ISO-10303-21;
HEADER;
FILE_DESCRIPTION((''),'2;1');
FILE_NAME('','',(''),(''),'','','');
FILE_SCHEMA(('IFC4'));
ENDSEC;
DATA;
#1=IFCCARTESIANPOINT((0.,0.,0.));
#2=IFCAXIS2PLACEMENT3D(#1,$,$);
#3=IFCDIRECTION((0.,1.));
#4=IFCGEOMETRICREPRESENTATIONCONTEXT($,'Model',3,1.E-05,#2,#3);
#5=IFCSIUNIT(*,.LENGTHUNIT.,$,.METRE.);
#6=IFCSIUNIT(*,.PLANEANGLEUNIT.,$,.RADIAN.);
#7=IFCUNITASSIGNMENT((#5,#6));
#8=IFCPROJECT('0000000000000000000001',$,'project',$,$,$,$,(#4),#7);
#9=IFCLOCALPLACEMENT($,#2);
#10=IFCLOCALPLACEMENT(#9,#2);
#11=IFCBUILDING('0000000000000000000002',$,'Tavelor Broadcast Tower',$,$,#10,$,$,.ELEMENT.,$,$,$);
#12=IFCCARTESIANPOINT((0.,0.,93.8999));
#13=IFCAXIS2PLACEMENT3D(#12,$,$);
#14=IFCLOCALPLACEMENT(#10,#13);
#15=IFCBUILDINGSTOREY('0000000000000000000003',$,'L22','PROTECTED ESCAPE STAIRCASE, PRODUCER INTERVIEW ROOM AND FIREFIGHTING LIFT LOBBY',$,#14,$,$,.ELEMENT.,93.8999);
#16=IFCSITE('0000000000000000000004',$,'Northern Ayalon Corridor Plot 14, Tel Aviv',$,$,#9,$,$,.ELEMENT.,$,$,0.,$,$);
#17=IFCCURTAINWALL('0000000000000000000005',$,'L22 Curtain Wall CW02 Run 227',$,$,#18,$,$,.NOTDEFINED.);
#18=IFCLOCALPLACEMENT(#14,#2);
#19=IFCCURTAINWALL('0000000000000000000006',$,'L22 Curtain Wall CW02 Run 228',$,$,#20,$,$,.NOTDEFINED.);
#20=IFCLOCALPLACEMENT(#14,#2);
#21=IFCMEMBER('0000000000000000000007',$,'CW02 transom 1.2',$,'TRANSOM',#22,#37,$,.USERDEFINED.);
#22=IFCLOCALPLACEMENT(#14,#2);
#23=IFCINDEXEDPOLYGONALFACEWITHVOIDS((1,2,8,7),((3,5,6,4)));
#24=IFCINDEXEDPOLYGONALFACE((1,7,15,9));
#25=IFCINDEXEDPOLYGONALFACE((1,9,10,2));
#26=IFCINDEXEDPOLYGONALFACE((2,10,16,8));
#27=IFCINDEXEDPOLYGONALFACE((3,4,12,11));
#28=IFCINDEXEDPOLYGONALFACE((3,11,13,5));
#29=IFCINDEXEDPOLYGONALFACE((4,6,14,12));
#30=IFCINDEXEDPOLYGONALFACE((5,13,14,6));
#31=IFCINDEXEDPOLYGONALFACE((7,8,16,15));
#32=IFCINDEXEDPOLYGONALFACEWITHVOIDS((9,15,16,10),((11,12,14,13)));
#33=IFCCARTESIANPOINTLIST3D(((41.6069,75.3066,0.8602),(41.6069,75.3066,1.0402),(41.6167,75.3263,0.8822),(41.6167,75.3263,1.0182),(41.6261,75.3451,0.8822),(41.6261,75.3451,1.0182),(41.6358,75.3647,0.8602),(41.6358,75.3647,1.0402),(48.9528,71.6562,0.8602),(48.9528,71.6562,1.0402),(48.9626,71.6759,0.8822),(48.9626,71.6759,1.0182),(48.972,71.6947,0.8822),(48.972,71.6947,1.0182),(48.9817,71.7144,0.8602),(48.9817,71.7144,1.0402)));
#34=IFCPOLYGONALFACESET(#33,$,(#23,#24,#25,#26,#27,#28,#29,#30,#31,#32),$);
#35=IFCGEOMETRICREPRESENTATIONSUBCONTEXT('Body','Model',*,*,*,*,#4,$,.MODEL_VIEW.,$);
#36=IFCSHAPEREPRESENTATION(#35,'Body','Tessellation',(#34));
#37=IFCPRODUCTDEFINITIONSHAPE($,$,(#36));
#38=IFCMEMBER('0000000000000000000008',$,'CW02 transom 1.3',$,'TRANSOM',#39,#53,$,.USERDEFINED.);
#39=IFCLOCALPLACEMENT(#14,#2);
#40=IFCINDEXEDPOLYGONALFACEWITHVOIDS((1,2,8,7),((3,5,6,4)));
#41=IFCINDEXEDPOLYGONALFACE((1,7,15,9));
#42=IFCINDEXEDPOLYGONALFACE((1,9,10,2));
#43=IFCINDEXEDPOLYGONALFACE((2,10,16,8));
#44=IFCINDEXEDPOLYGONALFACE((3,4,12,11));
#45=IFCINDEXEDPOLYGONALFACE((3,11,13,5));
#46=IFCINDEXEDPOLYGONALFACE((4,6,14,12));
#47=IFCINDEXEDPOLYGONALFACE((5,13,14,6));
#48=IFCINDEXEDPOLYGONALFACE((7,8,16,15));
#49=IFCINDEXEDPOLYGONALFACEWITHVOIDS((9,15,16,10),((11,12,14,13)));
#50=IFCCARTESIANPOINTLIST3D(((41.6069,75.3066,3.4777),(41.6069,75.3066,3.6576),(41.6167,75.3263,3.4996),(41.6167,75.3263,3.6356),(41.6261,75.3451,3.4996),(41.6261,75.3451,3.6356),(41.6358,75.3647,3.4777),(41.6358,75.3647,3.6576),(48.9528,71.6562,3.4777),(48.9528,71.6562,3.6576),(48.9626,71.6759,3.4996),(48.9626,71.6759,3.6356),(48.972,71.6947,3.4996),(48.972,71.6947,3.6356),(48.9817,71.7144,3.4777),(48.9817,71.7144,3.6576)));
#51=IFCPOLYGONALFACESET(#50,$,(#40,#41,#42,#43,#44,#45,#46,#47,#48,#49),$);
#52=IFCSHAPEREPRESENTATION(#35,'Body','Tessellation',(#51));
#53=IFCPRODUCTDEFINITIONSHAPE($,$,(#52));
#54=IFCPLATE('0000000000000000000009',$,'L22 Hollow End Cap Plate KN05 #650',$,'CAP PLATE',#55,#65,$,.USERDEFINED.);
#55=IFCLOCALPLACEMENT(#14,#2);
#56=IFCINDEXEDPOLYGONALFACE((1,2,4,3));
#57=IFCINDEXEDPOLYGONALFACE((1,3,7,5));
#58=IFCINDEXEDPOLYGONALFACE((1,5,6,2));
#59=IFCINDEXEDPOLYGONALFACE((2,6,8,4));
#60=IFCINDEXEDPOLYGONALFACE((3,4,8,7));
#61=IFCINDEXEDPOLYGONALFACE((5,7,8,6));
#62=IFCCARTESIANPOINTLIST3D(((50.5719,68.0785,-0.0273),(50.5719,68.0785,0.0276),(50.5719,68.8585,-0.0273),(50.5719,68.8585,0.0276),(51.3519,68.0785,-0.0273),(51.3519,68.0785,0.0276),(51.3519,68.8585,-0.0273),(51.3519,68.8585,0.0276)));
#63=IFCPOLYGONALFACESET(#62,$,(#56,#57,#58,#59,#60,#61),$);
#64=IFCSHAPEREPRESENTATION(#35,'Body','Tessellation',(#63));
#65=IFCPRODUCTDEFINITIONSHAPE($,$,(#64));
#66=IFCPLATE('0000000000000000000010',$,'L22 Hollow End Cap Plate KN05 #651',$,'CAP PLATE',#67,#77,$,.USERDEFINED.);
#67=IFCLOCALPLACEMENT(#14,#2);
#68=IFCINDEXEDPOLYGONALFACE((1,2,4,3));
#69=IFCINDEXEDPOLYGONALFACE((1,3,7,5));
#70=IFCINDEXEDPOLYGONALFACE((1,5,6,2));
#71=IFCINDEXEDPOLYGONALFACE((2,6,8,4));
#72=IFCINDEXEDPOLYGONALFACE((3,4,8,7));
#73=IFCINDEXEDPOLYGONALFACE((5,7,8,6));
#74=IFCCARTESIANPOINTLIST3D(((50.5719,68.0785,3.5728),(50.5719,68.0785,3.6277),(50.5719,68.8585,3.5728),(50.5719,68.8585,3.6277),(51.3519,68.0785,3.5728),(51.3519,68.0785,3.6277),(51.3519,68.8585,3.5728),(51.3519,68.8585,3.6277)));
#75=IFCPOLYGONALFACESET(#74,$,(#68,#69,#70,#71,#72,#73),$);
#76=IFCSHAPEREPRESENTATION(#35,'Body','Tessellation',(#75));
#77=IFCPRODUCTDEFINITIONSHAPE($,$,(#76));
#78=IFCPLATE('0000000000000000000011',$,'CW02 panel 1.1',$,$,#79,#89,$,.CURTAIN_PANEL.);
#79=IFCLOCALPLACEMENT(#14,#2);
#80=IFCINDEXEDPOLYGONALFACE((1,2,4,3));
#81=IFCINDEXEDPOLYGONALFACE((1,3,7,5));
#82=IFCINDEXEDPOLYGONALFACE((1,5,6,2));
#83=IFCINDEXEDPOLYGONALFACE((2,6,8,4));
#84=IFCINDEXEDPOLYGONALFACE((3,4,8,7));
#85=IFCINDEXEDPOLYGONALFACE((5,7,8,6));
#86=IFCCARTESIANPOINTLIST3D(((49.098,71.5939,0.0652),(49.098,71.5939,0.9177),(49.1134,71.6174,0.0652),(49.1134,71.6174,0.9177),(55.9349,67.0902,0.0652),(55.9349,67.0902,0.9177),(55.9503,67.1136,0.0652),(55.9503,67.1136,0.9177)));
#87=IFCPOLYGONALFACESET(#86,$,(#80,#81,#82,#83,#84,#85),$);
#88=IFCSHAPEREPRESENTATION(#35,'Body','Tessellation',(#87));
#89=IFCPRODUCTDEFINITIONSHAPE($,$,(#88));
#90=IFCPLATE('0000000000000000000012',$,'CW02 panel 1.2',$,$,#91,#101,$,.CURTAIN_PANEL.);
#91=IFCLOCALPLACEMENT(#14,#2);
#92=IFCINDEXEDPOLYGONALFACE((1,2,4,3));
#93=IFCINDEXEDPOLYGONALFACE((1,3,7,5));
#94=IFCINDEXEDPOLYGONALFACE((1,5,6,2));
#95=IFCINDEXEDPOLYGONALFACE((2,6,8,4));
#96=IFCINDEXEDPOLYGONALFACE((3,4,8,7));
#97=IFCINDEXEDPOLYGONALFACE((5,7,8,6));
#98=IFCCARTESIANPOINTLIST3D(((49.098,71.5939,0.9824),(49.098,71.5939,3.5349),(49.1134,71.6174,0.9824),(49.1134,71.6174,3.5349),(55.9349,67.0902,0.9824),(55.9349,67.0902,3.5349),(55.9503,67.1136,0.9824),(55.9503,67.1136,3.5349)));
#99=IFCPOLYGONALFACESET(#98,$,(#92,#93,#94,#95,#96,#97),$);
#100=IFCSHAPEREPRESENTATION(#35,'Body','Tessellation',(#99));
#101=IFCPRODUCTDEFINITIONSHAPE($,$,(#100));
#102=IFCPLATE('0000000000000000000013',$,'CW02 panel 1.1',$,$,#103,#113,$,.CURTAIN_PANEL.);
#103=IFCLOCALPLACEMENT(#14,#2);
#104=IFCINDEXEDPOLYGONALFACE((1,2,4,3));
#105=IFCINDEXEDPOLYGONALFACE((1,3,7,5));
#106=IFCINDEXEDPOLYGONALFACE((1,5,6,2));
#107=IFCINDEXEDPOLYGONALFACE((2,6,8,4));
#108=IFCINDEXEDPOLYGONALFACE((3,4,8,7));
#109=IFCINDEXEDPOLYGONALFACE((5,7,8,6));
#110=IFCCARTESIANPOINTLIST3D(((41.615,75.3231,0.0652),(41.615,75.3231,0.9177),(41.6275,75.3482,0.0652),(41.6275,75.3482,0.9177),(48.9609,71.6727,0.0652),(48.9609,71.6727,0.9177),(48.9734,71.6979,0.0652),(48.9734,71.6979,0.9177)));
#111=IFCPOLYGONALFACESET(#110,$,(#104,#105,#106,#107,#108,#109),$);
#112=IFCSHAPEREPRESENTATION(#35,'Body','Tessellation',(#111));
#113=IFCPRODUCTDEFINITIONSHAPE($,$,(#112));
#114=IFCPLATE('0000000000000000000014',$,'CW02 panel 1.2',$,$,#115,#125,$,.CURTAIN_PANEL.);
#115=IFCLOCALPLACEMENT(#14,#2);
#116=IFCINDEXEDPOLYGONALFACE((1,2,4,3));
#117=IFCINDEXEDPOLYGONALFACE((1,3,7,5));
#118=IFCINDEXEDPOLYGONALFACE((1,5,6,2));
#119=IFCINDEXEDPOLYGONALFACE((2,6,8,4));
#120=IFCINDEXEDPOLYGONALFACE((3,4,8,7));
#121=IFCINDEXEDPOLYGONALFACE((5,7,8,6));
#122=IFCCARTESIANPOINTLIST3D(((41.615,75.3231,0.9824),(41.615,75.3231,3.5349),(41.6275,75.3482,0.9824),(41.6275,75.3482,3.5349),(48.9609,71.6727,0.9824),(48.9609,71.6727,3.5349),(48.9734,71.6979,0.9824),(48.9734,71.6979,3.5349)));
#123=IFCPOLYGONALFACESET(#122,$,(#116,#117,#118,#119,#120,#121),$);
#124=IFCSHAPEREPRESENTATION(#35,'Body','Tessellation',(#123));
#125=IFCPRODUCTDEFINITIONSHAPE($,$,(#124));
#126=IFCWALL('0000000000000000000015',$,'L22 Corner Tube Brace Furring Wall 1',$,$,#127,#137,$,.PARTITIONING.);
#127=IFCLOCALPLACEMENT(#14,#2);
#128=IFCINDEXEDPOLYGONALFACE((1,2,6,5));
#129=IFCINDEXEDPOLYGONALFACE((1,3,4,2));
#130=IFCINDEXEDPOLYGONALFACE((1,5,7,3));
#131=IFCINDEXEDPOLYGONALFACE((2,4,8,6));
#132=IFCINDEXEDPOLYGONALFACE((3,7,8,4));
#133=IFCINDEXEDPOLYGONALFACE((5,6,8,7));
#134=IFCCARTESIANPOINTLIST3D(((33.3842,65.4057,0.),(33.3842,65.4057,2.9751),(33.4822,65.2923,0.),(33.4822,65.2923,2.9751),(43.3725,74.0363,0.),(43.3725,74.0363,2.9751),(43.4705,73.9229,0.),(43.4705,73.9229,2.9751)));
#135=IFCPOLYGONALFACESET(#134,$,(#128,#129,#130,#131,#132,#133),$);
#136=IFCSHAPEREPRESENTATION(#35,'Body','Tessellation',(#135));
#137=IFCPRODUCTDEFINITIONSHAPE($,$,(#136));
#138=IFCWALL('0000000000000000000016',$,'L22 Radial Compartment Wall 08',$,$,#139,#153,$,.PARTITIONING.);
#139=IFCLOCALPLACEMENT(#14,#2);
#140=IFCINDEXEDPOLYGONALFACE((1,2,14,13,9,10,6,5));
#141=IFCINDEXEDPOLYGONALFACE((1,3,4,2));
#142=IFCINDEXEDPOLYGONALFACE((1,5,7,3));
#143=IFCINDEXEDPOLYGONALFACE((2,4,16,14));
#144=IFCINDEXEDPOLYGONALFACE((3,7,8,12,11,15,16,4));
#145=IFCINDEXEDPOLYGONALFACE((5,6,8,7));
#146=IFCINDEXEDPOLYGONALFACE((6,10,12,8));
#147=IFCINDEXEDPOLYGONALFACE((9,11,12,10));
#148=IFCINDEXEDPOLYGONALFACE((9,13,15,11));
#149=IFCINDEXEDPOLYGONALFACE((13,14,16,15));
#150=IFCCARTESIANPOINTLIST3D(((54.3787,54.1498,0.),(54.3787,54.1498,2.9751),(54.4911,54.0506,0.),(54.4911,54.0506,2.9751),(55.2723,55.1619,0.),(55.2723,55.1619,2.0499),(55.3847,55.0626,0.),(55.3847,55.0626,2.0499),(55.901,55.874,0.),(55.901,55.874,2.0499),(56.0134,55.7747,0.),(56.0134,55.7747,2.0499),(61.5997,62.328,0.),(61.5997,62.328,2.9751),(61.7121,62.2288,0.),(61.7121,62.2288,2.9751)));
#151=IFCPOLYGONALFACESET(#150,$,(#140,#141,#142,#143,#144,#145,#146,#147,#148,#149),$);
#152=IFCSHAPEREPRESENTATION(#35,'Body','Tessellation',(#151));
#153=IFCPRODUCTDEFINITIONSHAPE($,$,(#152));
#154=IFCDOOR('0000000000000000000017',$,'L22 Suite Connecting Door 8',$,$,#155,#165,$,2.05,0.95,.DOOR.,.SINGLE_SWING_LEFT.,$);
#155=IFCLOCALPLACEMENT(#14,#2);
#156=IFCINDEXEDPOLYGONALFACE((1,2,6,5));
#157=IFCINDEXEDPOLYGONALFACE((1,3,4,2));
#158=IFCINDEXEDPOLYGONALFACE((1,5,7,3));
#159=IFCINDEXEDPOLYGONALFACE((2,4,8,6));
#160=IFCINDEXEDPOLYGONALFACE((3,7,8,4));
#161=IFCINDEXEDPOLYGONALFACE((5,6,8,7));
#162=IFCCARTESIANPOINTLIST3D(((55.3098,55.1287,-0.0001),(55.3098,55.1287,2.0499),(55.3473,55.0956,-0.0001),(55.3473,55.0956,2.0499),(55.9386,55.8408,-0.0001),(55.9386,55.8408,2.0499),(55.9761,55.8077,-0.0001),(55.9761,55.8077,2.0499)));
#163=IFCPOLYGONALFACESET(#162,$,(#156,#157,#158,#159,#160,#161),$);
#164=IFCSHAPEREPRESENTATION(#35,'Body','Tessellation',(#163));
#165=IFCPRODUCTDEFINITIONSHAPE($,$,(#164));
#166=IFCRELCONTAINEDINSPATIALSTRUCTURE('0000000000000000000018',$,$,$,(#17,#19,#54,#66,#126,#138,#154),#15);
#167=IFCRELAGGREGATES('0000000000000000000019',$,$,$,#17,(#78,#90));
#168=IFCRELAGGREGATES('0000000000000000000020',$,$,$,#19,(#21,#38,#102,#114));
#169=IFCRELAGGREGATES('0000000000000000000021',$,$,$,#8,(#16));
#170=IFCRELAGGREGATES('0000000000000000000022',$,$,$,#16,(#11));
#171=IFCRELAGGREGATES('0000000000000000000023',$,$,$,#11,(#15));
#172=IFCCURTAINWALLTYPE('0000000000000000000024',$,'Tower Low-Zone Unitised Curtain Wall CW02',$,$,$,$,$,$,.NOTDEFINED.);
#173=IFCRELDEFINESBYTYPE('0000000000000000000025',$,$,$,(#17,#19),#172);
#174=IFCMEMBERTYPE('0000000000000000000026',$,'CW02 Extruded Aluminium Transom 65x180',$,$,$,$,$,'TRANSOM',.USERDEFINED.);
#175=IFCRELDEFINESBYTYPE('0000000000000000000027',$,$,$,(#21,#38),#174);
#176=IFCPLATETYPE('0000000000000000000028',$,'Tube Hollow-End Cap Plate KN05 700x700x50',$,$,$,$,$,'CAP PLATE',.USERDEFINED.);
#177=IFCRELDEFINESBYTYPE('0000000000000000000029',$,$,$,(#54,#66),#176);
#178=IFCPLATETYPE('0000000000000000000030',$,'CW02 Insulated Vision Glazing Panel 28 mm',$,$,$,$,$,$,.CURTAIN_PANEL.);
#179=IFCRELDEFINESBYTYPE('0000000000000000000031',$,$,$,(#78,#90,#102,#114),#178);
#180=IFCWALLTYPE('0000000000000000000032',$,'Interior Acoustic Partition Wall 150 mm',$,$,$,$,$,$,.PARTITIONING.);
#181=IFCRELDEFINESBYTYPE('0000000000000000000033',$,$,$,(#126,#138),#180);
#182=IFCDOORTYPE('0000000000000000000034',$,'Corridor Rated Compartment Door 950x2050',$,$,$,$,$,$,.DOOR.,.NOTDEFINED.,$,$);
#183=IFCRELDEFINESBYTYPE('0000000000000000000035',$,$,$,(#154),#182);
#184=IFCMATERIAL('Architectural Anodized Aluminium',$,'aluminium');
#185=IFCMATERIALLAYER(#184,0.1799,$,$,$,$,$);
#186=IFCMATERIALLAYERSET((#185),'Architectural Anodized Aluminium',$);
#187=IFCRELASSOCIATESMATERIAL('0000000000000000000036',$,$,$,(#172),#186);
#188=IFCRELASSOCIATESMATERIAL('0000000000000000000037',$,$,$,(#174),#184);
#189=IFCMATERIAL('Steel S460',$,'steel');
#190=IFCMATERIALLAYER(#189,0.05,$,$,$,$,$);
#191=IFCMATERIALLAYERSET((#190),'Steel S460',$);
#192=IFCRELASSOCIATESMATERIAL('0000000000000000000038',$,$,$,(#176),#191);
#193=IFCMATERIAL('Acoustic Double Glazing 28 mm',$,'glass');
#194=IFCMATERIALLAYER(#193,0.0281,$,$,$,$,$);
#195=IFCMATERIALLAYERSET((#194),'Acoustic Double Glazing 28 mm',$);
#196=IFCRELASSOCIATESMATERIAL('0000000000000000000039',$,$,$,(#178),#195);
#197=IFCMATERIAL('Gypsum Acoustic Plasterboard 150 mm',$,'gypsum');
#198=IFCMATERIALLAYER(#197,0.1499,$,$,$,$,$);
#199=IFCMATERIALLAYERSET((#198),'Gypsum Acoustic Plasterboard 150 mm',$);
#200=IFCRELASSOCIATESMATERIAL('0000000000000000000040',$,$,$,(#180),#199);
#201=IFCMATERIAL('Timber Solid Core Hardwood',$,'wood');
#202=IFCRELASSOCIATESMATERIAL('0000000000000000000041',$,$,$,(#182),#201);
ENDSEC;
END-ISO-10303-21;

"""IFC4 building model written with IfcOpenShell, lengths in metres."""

from ifc_helpers import new_model, si_unit, direction, frame, frame_2d, origin, origin_2d, place, context, subcontext, project, spatial, rectangle, hollow_rectangle, extrude, source, transform, mapped, material, layer, layer_set, material_profile, profile_set, type_object, type_shapes, element, fill, aggregate, save


model = new_model("IFC4")

# Units and contexts
model_context = context("Model", 3, precision=1e-05, world=origin(), true_north=direction((0.0, 1.0)))
body_context = subcontext(model_context, "Body", "Model", "MODEL_VIEW")
ifc_project = project(units=[si_unit("LENGTHUNIT", "METRE"), si_unit("PLANEANGLEUNIT", "RADIAN")], contexts=[model_context])

# Site, building, storey
site_placement = place(None, origin())
site = spatial("IfcSite", under=ifc_project, at=site_placement, Name="Northern Ayalon Corridor Plot 14, Tel Aviv", CompositionType="ELEMENT", RefElevation=0.0)
building_placement = place(site_placement, origin())
building = spatial("IfcBuilding", under=site, at=building_placement, Name="Tavelor Broadcast Tower", CompositionType="ELEMENT")
storey_placement = place(building_placement, frame((0.0, 0.0, 93.8999)))
storey = spatial("IfcBuildingStorey", under=building, at=storey_placement, Name="L22", Description="PROTECTED ESCAPE STAIRCASE, PRODUCER INTERVIEW ROOM AND FIREFIGHTING LIFT LOBBY", CompositionType="ELEMENT", Elevation=93.8999)

# Shared definitions
ifc_material_1 = material(Name="Steel S460", Category="steel")

# Curtain walls
ifc_material_2 = material(Name="Architectural Anodized Aluminium", Category="aluminium")
ifc_layer_1 = layer(ifc_material_2, 0.1799)
ifc_layer_set_1 = layer_set([ifc_layer_1], Name="Architectural Anodized Aluminium")
curtain_wall_type = type_object("IfcCurtainWallType", Name="Tower Low-Zone Unitised Curtain Wall CW02", PredefinedType="NOTDEFINED", material=ifc_layer_set_1)
curtain_wall_1_placement = place(storey_placement, origin())
curtain_wall_1 = element("IfcCurtainWall", 1, at=curtain_wall_1_placement, inside=storey, type_object=curtain_wall_type, Name="L22 Curtain Wall CW02 Run 227", PredefinedType="NOTDEFINED")
curtain_wall_2_placement = place(storey_placement, origin())
curtain_wall_2 = element("IfcCurtainWall", 2, at=curtain_wall_2_placement, inside=storey, type_object=curtain_wall_type, Name="L22 Curtain Wall CW02 Run 228", PredefinedType="NOTDEFINED")

# Members
ifc_material_profile_1 = material_profile(ifc_material_2, hollow_rectangle(XDim=0.0649, YDim=0.1799, WallThickness=0.022, at=origin_2d()), Name="RHS 65x180x22")
ifc_profile_set_1 = profile_set([ifc_material_profile_1], Name="Architectural Anodized Aluminium")
member_type_1 = type_object("IfcMemberType", Name="CW02 Extruded Aluminium Transom 65x180", ElementType="TRANSOM", PredefinedType="USERDEFINED", material=ifc_profile_set_1)
shared_shape_1 = source(origin(), body_context, "Body", "SweptSolid", [
    extrude(hollow_rectangle(XDim=0.0649, YDim=0.1799, WallThickness=0.022, at=origin_2d()), origin(), (0.0, 0.0, 1.0), 8.2029),
])
member_1_placement = place(storey_placement, frame((48.9673, 71.6853, 0.9502), z_axis=(-0.895526, 0.44501, 0.0), x_axis=(-0.44501, -0.895526, 0.0)))
member_1 = element("IfcMember", 3, at=member_1_placement, type_object=member_type_1, Name="CW02 transom 1.2", ObjectType="TRANSOM", PredefinedType="USERDEFINED", context=body_context, shape_type="MappedRepresentation", body=[
    mapped(shared_shape_1, transform((0.0, 0.0, 0.0), scale=1.0)),
])
member_2_placement = place(storey_placement, frame((48.9673, 71.6853, 3.5676), z_axis=(-0.895526, 0.44501, 0.0), x_axis=(-0.44501, -0.895526, 0.0)))
member_2 = element("IfcMember", 4, at=member_2_placement, type_object=member_type_1, Name="CW02 transom 1.3", ObjectType="TRANSOM", PredefinedType="USERDEFINED", context=body_context, shape_type="MappedRepresentation", body=[
    mapped(shared_shape_1, transform((0.0, 0.0, 0.0), scale=1.0)),
])

# Plates
ifc_layer_2 = layer(ifc_material_1, 0.05)
ifc_layer_set_2 = layer_set([ifc_layer_2], Name="Steel S460")
plate_type_1 = type_object("IfcPlateType", Name="Tube Hollow-End Cap Plate KN05 700x700x50", ElementType="CAP PLATE", PredefinedType="USERDEFINED", material=ifc_layer_set_2)
shared_shape_2 = source(origin(), body_context, "Body", "SweptSolid", [
    extrude(rectangle(XDim=0.78, YDim=0.78, at=origin_2d()), origin(), (0.0, 0.0, 1.0), 0.0549),
])
type_shapes(plate_type_1, [shared_shape_2])
for number, where, z_axis, x_axis, name in (
    (5, (50.9619, 68.4685, -0.0273), (0.0, 0.0, 1.0), (1.0, 0.0, 0.0), "L22 Hollow End Cap Plate KN05 #650"),
    (6, (50.9619, 68.4685, 3.5728), (0.0, 0.0, 1.0), (1.0, 0.0, 0.0), "L22 Hollow End Cap Plate KN05 #651"),
):
    element("IfcPlate", number, at=place(storey_placement, frame(where, z_axis=z_axis, x_axis=x_axis)), inside=storey, type_object=plate_type_1, Name=name, ObjectType="CAP PLATE", PredefinedType="USERDEFINED", context=body_context, shape_type="MappedRepresentation", body=[
        mapped(shared_shape_2, transform((0.0, 0.0, 0.0), scale=1.0)),
    ])

# Plates
ifc_material_3 = material(Name="Acoustic Double Glazing 28 mm", Category="glass")
ifc_layer_3 = layer(ifc_material_3, 0.0281)
ifc_layer_set_3 = layer_set([ifc_layer_3], Name="Acoustic Double Glazing 28 mm")
plate_type_2 = type_object("IfcPlateType", Name="CW02 Insulated Vision Glazing Panel 28 mm", PredefinedType="CURTAIN_PANEL", material=ifc_layer_set_3)
shared_shape_3 = source(origin(), body_context, "Body", "SweptSolid", [
    extrude(rectangle(XDim=8.187, YDim=0.0281, at=origin_2d()), origin(), (0.0, 0.0, 1.0), 0.8525),
])
plate_1_placement = place(storey_placement, frame((52.5242, 69.3538, 0.0652), z_axis=(0.0, 0.0, 1.0), x_axis=(-0.835092, 0.550111, 0.0)))
plate_1 = element("IfcPlate", 7, at=plate_1_placement, type_object=plate_type_2, Name="CW02 panel 1.1", PredefinedType="CURTAIN_PANEL", context=body_context, shape_type="MappedRepresentation", body=[
    mapped(shared_shape_3, transform((0.0, 0.0, 0.0), scale=1.0)),
])
shared_shape_4 = source(origin(), body_context, "Body", "SweptSolid", [
    extrude(rectangle(XDim=8.187, YDim=0.0281, at=origin_2d()), origin(), (0.0, 0.0, 1.0), 2.5525),
])
plate_2_placement = place(storey_placement, frame((52.5242, 69.3538, 0.9824), z_axis=(0.0, 0.0, 1.0), x_axis=(-0.835092, 0.550111, 0.0)))
plate_2 = element("IfcPlate", 8, at=plate_2_placement, type_object=plate_type_2, Name="CW02 panel 1.2", PredefinedType="CURTAIN_PANEL", context=body_context, shape_type="MappedRepresentation", body=[
    mapped(shared_shape_4, transform((0.0, 0.0, 0.0), scale=1.0)),
])
aggregate(curtain_wall_1, [plate_1, plate_2])
shared_shape_5 = source(origin(), body_context, "Body", "SweptSolid", [
    extrude(rectangle(XDim=8.2029, YDim=0.0281, at=origin_2d()), origin(), (0.0, 0.0, 1.0), 0.8525),
])
plate_3_placement = place(storey_placement, frame((45.2942, 73.5105, 0.0652), z_axis=(0.0, 0.0, 1.0), x_axis=(-0.895526, 0.445009, 0.0)))
plate_3 = element("IfcPlate", 9, at=plate_3_placement, type_object=plate_type_2, Name="CW02 panel 1.1", PredefinedType="CURTAIN_PANEL", context=body_context, shape_type="MappedRepresentation", body=[
    mapped(shared_shape_5, transform((0.0, 0.0, 0.0), scale=1.0)),
])
shared_shape_6 = source(origin(), body_context, "Body", "SweptSolid", [
    extrude(rectangle(XDim=8.2029, YDim=0.0281, at=origin_2d()), origin(), (0.0, 0.0, 1.0), 2.5525),
])
type_shapes(plate_type_2, [shared_shape_3, shared_shape_4, shared_shape_5, shared_shape_6])
plate_4_placement = place(storey_placement, frame((45.2942, 73.5105, 0.9824), z_axis=(0.0, 0.0, 1.0), x_axis=(-0.895526, 0.445009, 0.0)))
plate_4 = element("IfcPlate", 10, at=plate_4_placement, type_object=plate_type_2, Name="CW02 panel 1.2", PredefinedType="CURTAIN_PANEL", context=body_context, shape_type="MappedRepresentation", body=[
    mapped(shared_shape_6, transform((0.0, 0.0, 0.0), scale=1.0)),
])
aggregate(curtain_wall_2, [member_1, member_2, plate_3, plate_4])

# Wall
ifc_material_4 = material(Name="Gypsum Acoustic Plasterboard 150 mm", Category="gypsum")
ifc_layer_4 = layer(ifc_material_4, 0.1499)
ifc_layer_set_4 = layer_set([ifc_layer_4], Name="Gypsum Acoustic Plasterboard 150 mm")
wall_type_1 = type_object("IfcWallType", Name="Interior Acoustic Partition Wall 150 mm", PredefinedType="PARTITIONING", material=ifc_layer_set_4)
wall_1_placement = place(storey_placement, frame((43.4214, 73.9795, 0.0), z_axis=(0.0, 0.0, 1.0), x_axis=(-0.756659, -0.65381, 0.0)))
element("IfcWall", 11, at=wall_1_placement, inside=storey, type_object=wall_type_1, Name="L22 Corner Tube Brace Furring Wall 1", PredefinedType="PARTITIONING", context=body_context, shape_type="SweptSolid", body=[
    extrude(rectangle(XDim=13.2004, YDim=0.1499, at=frame_2d((6.6001, 0.0))), origin(), (0.0, 0.0, 1.0), 2.9751),
])

# Wall, opening, door
wall_2_placement = place(storey_placement, frame((54.4348, 54.1001, 0.0), z_axis=(0.0, 0.0, 1.0), x_axis=(0.661873, 0.749616, 0.0)))
wall_2 = element("IfcWall", 12, at=wall_2_placement, inside=storey, type_object=wall_type_1, Name="L22 Radial Compartment Wall 08", PredefinedType="PARTITIONING", context=body_context, shape_type="SweptSolid", body=[
    extrude(rectangle(XDim=10.9099, YDim=0.1499, at=frame_2d((5.4551, 0.0))), origin(), (0.0, 0.0, 1.0), 2.9751),
])
opening_1_placement = place(wall_2_placement, frame((1.3501, 0.0, 0.0)))
opening_1 = element("IfcOpeningElement", 13, at=opening_1_placement, cuts=wall_2, PredefinedType="OPENING", context=body_context, shape_type="SweptSolid", body=[
    extrude(rectangle(XDim=0.95, YDim=2.05, at=frame_2d((0.4751, 1.0249))), frame((0.0, 0.085, 0.0), z_axis=(0.0, -1.0, 0.0), x_axis=(1.0, 0.0, 0.0)), (0.0, 0.0, 1.0), 0.1699),
])
ifc_material_5 = material(Name="Timber Solid Core Hardwood", Category="wood")
door_type = type_object("IfcDoorType", Name="Corridor Rated Compartment Door 950x2050", OperationType="NOTDEFINED", PredefinedType="DOOR", material=ifc_material_5)
door_1_placement = place(opening_1_placement, origin())
door_1 = element("IfcDoor", 14, at=door_1_placement, inside=storey, type_object=door_type, Name="L22 Suite Connecting Door 8", OperationType="SINGLE_SWING_LEFT", OverallHeight=2.05, OverallWidth=0.95, PredefinedType="DOOR", context=body_context, shape_type="SweptSolid", body=[
    extrude(rectangle(XDim=0.95, YDim=2.05, at=frame_2d((0.4751, 1.0249))), frame((0.0, 0.0249, 0.0), z_axis=(0.0, -1.0, 0.0), x_axis=(1.0, 0.0, 0.0)), (0.0, 0.0, 1.0), 0.05),
])
fill(opening_1, door_1)

save(model, "model.ifc")
